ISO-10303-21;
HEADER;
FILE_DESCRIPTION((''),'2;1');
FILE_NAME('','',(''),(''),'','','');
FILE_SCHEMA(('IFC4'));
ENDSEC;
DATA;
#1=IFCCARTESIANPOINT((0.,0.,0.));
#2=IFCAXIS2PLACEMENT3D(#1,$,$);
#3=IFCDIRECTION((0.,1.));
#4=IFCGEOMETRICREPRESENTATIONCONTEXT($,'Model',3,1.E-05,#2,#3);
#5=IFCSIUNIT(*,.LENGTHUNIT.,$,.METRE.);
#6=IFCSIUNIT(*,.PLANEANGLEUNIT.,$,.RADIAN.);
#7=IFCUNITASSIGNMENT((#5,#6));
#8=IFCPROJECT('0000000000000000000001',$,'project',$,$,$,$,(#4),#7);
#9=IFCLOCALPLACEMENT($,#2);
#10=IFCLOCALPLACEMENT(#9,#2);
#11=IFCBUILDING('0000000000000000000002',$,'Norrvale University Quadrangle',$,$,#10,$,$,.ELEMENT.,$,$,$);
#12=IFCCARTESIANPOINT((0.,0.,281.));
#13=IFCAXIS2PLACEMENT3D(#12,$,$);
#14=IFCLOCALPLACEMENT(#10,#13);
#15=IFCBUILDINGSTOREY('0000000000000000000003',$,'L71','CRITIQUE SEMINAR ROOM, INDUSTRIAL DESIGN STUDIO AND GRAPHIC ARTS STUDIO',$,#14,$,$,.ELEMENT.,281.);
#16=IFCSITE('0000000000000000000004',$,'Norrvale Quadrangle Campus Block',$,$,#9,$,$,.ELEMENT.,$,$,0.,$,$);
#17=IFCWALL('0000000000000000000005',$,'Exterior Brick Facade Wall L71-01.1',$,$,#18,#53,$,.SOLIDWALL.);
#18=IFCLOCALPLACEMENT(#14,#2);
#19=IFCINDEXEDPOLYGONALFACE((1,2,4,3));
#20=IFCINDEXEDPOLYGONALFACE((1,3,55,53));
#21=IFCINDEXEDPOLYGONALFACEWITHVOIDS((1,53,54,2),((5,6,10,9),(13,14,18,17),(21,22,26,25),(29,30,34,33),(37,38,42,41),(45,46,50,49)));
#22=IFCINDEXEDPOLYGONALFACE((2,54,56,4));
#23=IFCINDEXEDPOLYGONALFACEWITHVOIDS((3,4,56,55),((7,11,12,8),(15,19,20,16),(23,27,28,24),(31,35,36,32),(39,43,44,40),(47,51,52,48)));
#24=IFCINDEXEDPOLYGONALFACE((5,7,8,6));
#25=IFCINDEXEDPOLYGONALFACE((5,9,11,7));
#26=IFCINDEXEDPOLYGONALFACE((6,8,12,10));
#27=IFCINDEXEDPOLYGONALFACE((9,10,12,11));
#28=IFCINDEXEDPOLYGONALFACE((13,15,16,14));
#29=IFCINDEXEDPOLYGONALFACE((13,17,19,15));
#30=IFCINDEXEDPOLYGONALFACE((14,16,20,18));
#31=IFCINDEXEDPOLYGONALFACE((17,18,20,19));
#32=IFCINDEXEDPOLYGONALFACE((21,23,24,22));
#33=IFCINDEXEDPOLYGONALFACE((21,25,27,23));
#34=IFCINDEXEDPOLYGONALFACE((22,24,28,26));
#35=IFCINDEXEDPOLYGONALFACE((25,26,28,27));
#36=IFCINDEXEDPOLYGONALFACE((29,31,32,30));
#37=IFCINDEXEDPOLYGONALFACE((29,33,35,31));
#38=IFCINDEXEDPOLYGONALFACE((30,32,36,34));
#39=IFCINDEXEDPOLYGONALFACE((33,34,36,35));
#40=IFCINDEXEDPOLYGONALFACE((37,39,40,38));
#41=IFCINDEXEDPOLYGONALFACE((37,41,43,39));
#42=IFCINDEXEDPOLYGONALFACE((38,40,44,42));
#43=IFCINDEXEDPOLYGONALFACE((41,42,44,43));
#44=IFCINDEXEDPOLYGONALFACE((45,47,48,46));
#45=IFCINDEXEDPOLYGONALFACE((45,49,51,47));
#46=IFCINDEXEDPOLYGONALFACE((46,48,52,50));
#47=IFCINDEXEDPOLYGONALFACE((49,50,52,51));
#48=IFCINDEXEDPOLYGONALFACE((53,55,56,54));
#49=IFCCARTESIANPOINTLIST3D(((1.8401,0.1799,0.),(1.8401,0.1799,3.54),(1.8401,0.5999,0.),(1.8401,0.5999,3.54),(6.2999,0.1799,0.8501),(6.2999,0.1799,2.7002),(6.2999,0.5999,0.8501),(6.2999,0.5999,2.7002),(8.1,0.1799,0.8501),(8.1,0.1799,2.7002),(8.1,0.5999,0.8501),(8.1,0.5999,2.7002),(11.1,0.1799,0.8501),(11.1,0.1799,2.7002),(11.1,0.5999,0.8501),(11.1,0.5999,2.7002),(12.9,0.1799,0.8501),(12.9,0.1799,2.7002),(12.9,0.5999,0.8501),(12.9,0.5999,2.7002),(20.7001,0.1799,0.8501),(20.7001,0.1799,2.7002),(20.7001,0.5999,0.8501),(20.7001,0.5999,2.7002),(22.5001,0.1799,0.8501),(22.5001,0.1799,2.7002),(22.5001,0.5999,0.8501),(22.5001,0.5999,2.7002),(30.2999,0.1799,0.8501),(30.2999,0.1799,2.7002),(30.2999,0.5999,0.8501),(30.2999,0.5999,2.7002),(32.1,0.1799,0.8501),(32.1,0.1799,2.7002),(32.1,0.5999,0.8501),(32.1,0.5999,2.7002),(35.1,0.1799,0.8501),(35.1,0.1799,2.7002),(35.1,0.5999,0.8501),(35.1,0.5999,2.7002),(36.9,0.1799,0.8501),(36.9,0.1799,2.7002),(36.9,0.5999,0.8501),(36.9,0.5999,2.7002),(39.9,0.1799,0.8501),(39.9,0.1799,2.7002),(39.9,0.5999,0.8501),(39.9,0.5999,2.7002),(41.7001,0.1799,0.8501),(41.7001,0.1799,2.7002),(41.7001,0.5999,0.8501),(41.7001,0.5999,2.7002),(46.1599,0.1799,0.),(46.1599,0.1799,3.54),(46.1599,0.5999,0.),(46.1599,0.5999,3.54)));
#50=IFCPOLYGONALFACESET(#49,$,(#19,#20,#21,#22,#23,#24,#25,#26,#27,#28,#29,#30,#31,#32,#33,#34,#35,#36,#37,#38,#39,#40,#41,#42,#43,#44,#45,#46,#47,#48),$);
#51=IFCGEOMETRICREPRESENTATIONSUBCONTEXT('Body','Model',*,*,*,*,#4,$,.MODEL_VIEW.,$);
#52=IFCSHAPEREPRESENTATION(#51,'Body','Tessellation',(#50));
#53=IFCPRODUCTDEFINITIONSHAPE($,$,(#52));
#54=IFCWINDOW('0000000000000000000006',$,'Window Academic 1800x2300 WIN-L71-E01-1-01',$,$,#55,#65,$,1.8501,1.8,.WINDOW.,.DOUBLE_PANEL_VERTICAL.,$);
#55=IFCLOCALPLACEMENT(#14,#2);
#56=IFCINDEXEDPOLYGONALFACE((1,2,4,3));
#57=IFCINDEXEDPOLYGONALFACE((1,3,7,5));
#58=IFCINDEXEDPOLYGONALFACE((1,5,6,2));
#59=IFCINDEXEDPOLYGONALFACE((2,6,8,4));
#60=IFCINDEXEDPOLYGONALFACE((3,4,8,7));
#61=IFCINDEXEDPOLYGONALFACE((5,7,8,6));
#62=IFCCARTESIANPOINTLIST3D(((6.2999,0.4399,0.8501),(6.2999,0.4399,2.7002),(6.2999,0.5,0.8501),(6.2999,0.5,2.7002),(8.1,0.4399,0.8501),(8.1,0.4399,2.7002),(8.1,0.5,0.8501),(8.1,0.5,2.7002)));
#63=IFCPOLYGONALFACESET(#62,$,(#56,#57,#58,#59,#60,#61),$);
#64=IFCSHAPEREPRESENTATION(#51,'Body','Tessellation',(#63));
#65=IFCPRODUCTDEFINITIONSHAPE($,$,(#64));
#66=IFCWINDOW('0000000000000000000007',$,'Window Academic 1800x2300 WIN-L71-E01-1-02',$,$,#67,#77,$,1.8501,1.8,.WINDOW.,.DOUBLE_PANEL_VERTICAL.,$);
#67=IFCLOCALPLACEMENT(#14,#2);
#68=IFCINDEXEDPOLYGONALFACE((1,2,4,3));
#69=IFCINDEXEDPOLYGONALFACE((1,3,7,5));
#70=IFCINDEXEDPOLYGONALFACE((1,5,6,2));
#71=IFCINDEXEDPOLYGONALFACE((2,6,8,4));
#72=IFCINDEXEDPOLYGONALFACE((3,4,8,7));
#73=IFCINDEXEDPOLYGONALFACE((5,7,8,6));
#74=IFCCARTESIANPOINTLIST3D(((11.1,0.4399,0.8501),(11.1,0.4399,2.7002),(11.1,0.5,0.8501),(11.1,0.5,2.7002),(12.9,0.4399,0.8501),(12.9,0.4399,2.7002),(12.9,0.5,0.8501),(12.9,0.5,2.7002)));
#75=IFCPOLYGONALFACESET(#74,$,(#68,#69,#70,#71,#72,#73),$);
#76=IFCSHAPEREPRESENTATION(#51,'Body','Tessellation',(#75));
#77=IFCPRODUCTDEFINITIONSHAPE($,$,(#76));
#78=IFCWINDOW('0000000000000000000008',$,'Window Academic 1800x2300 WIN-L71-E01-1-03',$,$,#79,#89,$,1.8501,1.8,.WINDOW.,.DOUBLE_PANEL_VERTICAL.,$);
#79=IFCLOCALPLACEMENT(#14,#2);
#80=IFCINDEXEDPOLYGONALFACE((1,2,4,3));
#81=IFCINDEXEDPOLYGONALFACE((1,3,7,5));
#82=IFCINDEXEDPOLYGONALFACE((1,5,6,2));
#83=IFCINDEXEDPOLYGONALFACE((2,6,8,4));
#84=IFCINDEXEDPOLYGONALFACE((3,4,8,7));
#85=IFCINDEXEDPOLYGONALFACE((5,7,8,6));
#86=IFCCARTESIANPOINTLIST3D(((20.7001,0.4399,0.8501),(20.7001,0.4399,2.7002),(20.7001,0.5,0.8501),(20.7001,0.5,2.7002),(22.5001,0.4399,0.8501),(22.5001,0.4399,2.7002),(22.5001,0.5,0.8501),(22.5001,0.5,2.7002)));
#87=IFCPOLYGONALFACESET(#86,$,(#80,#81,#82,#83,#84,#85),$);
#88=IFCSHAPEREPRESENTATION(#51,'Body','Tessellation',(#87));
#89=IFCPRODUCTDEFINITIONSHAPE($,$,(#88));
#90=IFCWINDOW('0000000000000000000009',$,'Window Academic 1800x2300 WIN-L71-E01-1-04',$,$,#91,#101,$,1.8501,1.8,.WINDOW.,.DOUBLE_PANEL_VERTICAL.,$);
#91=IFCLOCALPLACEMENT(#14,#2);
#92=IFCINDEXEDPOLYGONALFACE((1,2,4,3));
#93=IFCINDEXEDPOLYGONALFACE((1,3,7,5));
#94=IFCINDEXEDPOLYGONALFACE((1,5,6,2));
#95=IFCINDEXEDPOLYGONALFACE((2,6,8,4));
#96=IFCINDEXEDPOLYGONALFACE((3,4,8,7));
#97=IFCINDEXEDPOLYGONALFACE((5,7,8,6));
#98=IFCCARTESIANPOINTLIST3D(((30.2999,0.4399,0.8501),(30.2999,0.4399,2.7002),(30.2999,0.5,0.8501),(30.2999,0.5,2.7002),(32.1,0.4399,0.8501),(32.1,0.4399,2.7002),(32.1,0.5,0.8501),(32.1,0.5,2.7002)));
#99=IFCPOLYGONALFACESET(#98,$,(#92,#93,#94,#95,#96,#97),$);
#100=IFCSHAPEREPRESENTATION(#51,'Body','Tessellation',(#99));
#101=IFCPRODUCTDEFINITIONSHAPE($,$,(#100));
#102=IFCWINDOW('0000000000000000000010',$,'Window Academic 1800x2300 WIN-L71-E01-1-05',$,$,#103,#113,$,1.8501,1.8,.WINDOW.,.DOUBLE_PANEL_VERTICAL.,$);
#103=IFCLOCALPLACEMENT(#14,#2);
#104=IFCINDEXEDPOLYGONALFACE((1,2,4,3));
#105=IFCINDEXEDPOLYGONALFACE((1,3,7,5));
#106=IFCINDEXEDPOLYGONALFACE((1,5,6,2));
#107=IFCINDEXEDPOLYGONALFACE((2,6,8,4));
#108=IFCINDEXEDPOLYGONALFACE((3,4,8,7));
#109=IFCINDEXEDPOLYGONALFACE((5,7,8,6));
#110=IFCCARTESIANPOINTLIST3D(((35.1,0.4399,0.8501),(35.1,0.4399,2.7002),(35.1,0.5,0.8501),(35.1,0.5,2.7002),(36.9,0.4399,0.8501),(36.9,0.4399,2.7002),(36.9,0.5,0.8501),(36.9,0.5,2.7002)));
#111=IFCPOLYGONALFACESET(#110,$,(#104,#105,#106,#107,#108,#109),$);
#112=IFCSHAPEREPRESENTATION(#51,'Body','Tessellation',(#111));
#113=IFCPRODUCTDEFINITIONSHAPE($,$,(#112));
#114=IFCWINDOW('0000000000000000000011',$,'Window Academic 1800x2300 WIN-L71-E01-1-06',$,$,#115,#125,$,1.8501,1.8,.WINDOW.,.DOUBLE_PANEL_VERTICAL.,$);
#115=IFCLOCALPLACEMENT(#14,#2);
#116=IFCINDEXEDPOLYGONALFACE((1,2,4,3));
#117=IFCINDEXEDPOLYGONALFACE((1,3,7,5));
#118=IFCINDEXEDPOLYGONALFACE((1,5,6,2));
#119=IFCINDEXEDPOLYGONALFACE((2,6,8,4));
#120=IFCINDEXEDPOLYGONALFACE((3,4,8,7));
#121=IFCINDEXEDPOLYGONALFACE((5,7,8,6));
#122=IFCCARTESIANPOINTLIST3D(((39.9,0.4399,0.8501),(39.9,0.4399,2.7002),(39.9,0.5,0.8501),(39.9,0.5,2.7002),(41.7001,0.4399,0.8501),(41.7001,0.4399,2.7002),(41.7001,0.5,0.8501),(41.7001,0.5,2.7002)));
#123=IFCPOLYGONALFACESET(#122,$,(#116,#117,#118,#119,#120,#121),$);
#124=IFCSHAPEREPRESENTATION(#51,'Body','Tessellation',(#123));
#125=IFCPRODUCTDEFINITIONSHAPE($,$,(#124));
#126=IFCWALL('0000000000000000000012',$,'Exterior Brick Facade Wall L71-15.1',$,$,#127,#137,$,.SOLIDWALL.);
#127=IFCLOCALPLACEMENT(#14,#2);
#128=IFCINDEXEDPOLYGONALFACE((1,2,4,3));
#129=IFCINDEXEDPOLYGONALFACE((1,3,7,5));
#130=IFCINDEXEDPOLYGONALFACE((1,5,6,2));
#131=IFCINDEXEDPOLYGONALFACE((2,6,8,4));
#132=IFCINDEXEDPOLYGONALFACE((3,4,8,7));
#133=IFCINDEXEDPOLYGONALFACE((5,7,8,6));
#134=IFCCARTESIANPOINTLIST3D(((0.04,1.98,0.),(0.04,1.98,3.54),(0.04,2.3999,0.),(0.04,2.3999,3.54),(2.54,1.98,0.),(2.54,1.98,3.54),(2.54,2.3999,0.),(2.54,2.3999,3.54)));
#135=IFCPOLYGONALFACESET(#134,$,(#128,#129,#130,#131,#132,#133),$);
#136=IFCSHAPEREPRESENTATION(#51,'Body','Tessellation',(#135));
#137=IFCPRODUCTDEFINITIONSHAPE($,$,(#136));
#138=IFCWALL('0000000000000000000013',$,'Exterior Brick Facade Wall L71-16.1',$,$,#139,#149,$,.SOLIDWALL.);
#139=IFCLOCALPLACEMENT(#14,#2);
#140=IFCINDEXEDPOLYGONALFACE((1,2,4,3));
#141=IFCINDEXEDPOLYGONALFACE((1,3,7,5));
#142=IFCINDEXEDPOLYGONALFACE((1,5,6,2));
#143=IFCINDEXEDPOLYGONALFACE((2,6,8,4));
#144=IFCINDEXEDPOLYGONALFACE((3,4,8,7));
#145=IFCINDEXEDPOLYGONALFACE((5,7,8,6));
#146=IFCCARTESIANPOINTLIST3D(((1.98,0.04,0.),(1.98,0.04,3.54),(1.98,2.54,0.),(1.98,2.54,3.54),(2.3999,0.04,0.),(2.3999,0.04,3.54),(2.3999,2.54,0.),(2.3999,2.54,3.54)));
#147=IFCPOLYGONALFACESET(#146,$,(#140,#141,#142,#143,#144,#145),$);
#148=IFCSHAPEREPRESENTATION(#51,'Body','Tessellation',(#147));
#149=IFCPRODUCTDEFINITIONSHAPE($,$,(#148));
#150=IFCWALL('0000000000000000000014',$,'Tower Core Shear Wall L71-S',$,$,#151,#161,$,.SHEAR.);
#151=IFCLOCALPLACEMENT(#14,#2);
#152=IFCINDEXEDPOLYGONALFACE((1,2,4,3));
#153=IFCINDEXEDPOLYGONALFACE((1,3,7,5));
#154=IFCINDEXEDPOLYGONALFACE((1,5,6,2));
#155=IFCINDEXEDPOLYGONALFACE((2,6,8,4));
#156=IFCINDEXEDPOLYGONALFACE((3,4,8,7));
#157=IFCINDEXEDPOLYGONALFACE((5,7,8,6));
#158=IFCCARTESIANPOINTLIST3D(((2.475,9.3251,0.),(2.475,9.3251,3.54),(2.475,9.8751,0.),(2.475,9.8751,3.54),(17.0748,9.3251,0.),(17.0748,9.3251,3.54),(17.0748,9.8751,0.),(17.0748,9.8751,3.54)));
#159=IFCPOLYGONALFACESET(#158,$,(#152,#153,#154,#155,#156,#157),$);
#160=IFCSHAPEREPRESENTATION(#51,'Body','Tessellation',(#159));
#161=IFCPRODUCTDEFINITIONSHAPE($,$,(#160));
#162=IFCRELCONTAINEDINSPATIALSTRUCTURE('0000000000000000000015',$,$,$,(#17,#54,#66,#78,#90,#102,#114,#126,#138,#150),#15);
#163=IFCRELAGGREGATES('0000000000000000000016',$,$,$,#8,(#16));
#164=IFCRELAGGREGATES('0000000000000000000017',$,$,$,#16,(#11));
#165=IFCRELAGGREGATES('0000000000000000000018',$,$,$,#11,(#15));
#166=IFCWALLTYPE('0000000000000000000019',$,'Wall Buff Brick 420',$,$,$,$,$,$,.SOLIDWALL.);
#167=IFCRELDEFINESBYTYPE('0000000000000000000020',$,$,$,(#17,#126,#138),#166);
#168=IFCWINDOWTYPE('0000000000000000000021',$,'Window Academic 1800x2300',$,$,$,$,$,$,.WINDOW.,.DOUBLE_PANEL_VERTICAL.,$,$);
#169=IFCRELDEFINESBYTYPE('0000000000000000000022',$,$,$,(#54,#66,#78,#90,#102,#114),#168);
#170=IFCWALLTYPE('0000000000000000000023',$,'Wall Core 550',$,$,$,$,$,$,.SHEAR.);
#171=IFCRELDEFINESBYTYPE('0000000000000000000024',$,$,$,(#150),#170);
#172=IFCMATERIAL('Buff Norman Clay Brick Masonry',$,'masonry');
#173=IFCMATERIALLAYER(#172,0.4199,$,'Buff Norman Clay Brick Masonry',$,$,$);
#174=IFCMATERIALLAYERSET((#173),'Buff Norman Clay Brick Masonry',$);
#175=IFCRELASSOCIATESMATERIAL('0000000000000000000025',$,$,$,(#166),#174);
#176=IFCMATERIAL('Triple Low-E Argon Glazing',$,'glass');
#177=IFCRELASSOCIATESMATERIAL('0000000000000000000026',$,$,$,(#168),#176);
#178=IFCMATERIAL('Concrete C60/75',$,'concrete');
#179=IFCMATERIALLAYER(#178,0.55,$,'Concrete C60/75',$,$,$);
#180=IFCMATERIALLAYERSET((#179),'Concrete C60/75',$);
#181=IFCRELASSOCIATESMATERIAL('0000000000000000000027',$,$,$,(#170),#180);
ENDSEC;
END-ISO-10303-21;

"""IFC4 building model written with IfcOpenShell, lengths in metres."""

from ifc_helpers import new_model, si_unit, direction, frame, frame_2d, origin, place, context, subcontext, project, spatial, rectangle, extrude, material, layer, layer_set, type_object, element, fill, save


model = new_model("IFC4")

# Units and contexts
model_context = context("Model", 3, precision=1e-05, world=origin(), true_north=direction((0.0, 1.0)))
body_context = subcontext(model_context, "Body", "Model", "MODEL_VIEW")
ifc_project = project(units=[si_unit("LENGTHUNIT", "METRE"), si_unit("PLANEANGLEUNIT", "RADIAN")], contexts=[model_context])

# Site, building, storey
site_placement = place(None, origin())
site = spatial("IfcSite", under=ifc_project, at=site_placement, Name="Norrvale Quadrangle Campus Block", CompositionType="ELEMENT", RefElevation=0.0)
building_placement = place(site_placement, origin())
building = spatial("IfcBuilding", under=site, at=building_placement, Name="Norrvale University Quadrangle", CompositionType="ELEMENT")
storey_placement = place(building_placement, frame((0.0, 0.0, 281.0)))
storey = spatial("IfcBuildingStorey", under=building, at=storey_placement, Name="L71", Description="CRITIQUE SEMINAR ROOM, INDUSTRIAL DESIGN STUDIO AND GRAPHIC ARTS STUDIO", CompositionType="ELEMENT", Elevation=281.0)

# Shared definitions
ifc_material_1 = material(Name="Concrete C60/75", Category="concrete")

# Wall, openings, windows
ifc_material_2 = material(Name="Buff Norman Clay Brick Masonry", Category="masonry")
ifc_layer_1 = layer(ifc_material_2, 0.4199, Name="Buff Norman Clay Brick Masonry")
ifc_layer_set_1 = layer_set([ifc_layer_1], Name="Buff Norman Clay Brick Masonry")
wall_type_1 = type_object("IfcWallType", Name="Wall Buff Brick 420", PredefinedType="SOLIDWALL", material=ifc_layer_set_1)
wall_1_placement = place(storey_placement, frame((1.8401, 0.3899, 0.0), z_axis=(0.0, 0.0, 1.0), x_axis=(1.0, 0.0, 0.0)))
wall_1 = element("IfcWall", 1, at=wall_1_placement, inside=storey, type_object=wall_type_1, Name="Exterior Brick Facade Wall L71-01.1", PredefinedType="SOLIDWALL", context=body_context, shape_type="SweptSolid", body=[
    extrude(rectangle(XDim=44.3198, YDim=0.4199, at=frame_2d((22.1599, 0.0))), origin(), (0.0, 0.0, 1.0), 3.54),
])
opening_1_placement = place(wall_1_placement, frame((4.46, 0.0, 0.8501)))
opening_1 = element("IfcOpeningElement", 2, at=opening_1_placement, cuts=wall_1, PredefinedType="OPENING", context=body_context, shape_type="SweptSolid", body=[
    extrude(rectangle(XDim=1.8, YDim=1.8501, at=frame_2d((0.8999, 0.925))), frame((0.0, 0.2219, 0.0), z_axis=(0.0, -1.0, 0.0), x_axis=(1.0, 0.0, 0.0)), (0.0, 0.0, 1.0), 0.4438),
])
opening_2_placement = place(wall_1_placement, frame((9.26, 0.0, 0.8501)))
opening_2 = element("IfcOpeningElement", 3, at=opening_2_placement, cuts=wall_1, PredefinedType="OPENING", context=body_context, shape_type="SweptSolid", body=[
    extrude(rectangle(XDim=1.8, YDim=1.8501, at=frame_2d((0.8999, 0.925))), frame((0.0, 0.2219, 0.0), z_axis=(0.0, -1.0, 0.0), x_axis=(1.0, 0.0, 0.0)), (0.0, 0.0, 1.0), 0.4438),
])
opening_3_placement = place(wall_1_placement, frame((18.8601, 0.0, 0.8501)))
opening_3 = element("IfcOpeningElement", 4, at=opening_3_placement, cuts=wall_1, PredefinedType="OPENING", context=body_context, shape_type="SweptSolid", body=[
    extrude(rectangle(XDim=1.8, YDim=1.8501, at=frame_2d((0.8999, 0.925))), frame((0.0, 0.2219, 0.0), z_axis=(0.0, -1.0, 0.0), x_axis=(1.0, 0.0, 0.0)), (0.0, 0.0, 1.0), 0.4438),
])
opening_4_placement = place(wall_1_placement, frame((28.46, 0.0, 0.8501)))
opening_4 = element("IfcOpeningElement", 5, at=opening_4_placement, cuts=wall_1, PredefinedType="OPENING", context=body_context, shape_type="SweptSolid", body=[
    extrude(rectangle(XDim=1.8, YDim=1.8501, at=frame_2d((0.8999, 0.925))), frame((0.0, 0.2219, 0.0), z_axis=(0.0, -1.0, 0.0), x_axis=(1.0, 0.0, 0.0)), (0.0, 0.0, 1.0), 0.4438),
])
opening_5_placement = place(wall_1_placement, frame((33.26, 0.0, 0.8501)))
opening_5 = element("IfcOpeningElement", 6, at=opening_5_placement, cuts=wall_1, PredefinedType="OPENING", context=body_context, shape_type="SweptSolid", body=[
    extrude(rectangle(XDim=1.8, YDim=1.8501, at=frame_2d((0.8999, 0.925))), frame((0.0, 0.2219, 0.0), z_axis=(0.0, -1.0, 0.0), x_axis=(1.0, 0.0, 0.0)), (0.0, 0.0, 1.0), 0.4438),
])
opening_6_placement = place(wall_1_placement, frame((38.0601, 0.0, 0.8501)))
opening_6 = element("IfcOpeningElement", 7, at=opening_6_placement, cuts=wall_1, PredefinedType="OPENING", context=body_context, shape_type="SweptSolid", body=[
    extrude(rectangle(XDim=1.8, YDim=1.8501, at=frame_2d((0.8999, 0.925))), frame((0.0, 0.2219, 0.0), z_axis=(0.0, -1.0, 0.0), x_axis=(1.0, 0.0, 0.0)), (0.0, 0.0, 1.0), 0.4438),
])
ifc_material_3 = material(Name="Triple Low-E Argon Glazing", Category="glass")
window_type = type_object("IfcWindowType", Name="Window Academic 1800x2300", PartitioningType="DOUBLE_PANEL_VERTICAL", PredefinedType="WINDOW", material=ifc_material_3)
window_1_placement = place(opening_1_placement, origin())
window_1 = element("IfcWindow", 8, at=window_1_placement, inside=storey, type_object=window_type, Name="Window Academic 1800x2300 WIN-L71-E01-1-01", OverallHeight=1.8501, OverallWidth=1.8, PartitioningType="DOUBLE_PANEL_VERTICAL", PredefinedType="WINDOW", context=body_context, shape_type="SweptSolid", body=[
    extrude(rectangle(XDim=1.8, YDim=1.8501, at=frame_2d((0.8999, 0.925))), frame((0.0, 0.1101, 0.0), z_axis=(0.0, -1.0, 0.0), x_axis=(1.0, 0.0, 0.0)), (0.0, 0.0, 1.0), 0.0601),
])
fill(opening_1, window_1)
window_2_placement = place(opening_2_placement, origin())
window_2 = element("IfcWindow", 9, at=window_2_placement, inside=storey, type_object=window_type, Name="Window Academic 1800x2300 WIN-L71-E01-1-02", OverallHeight=1.8501, OverallWidth=1.8, PartitioningType="DOUBLE_PANEL_VERTICAL", PredefinedType="WINDOW", context=body_context, shape_type="SweptSolid", body=[
    extrude(rectangle(XDim=1.8, YDim=1.8501, at=frame_2d((0.8999, 0.925))), frame((0.0, 0.1101, 0.0), z_axis=(0.0, -1.0, 0.0), x_axis=(1.0, 0.0, 0.0)), (0.0, 0.0, 1.0), 0.0601),
])
fill(opening_2, window_2)
window_3_placement = place(opening_3_placement, origin())
window_3 = element("IfcWindow", 10, at=window_3_placement, inside=storey, type_object=window_type, Name="Window Academic 1800x2300 WIN-L71-E01-1-03", OverallHeight=1.8501, OverallWidth=1.8, PartitioningType="DOUBLE_PANEL_VERTICAL", PredefinedType="WINDOW", context=body_context, shape_type="SweptSolid", body=[
    extrude(rectangle(XDim=1.8, YDim=1.8501, at=frame_2d((0.8999, 0.925))), frame((0.0, 0.1101, 0.0), z_axis=(0.0, -1.0, 0.0), x_axis=(1.0, 0.0, 0.0)), (0.0, 0.0, 1.0), 0.0601),
])
fill(opening_3, window_3)
window_4_placement = place(opening_4_placement, origin())
window_4 = element("IfcWindow", 11, at=window_4_placement, inside=storey, type_object=window_type, Name="Window Academic 1800x2300 WIN-L71-E01-1-04", OverallHeight=1.8501, OverallWidth=1.8, PartitioningType="DOUBLE_PANEL_VERTICAL", PredefinedType="WINDOW", context=body_context, shape_type="SweptSolid", body=[
    extrude(rectangle(XDim=1.8, YDim=1.8501, at=frame_2d((0.8999, 0.925))), frame((0.0, 0.1101, 0.0), z_axis=(0.0, -1.0, 0.0), x_axis=(1.0, 0.0, 0.0)), (0.0, 0.0, 1.0), 0.0601),
])
fill(opening_4, window_4)
window_5_placement = place(opening_5_placement, origin())
window_5 = element("IfcWindow", 12, at=window_5_placement, inside=storey, type_object=window_type, Name="Window Academic 1800x2300 WIN-L71-E01-1-05", OverallHeight=1.8501, OverallWidth=1.8, PartitioningType="DOUBLE_PANEL_VERTICAL", PredefinedType="WINDOW", context=body_context, shape_type="SweptSolid", body=[
    extrude(rectangle(XDim=1.8, YDim=1.8501, at=frame_2d((0.8999, 0.925))), frame((0.0, 0.1101, 0.0), z_axis=(0.0, -1.0, 0.0), x_axis=(1.0, 0.0, 0.0)), (0.0, 0.0, 1.0), 0.0601),
])
fill(opening_5, window_5)
window_6_placement = place(opening_6_placement, origin())
window_6 = element("IfcWindow", 13, at=window_6_placement, inside=storey, type_object=window_type, Name="Window Academic 1800x2300 WIN-L71-E01-1-06", OverallHeight=1.8501, OverallWidth=1.8, PartitioningType="DOUBLE_PANEL_VERTICAL", PredefinedType="WINDOW", context=body_context, shape_type="SweptSolid", body=[
    extrude(rectangle(XDim=1.8, YDim=1.8501, at=frame_2d((0.8999, 0.925))), frame((0.0, 0.1101, 0.0), z_axis=(0.0, -1.0, 0.0), x_axis=(1.0, 0.0, 0.0)), (0.0, 0.0, 1.0), 0.0601),
])
fill(opening_6, window_6)

# Walls
for number, where, z_axis, x_axis, name in (
    (14, (0.04, 2.1899, 0.0), (0.0, 0.0, 1.0), (1.0, 0.0, 0.0), "Exterior Brick Facade Wall L71-15.1"),
    (15, (2.1899, 2.54, 0.0), (0.0, 0.0, 1.0), (0.0, -1.0, 0.0), "Exterior Brick Facade Wall L71-16.1"),
):
    element("IfcWall", number, at=place(storey_placement, frame(where, z_axis=z_axis, x_axis=x_axis)), inside=storey, type_object=wall_type_1, Name=name, PredefinedType="SOLIDWALL", context=body_context, shape_type="SweptSolid", body=[
        extrude(rectangle(XDim=2.5, YDim=0.4199, at=frame_2d((1.25, 0.0))), origin(), (0.0, 0.0, 1.0), 3.54),
    ])
ifc_layer_2 = layer(ifc_material_1, 0.55, Name="Concrete C60/75")
ifc_layer_set_2 = layer_set([ifc_layer_2], Name="Concrete C60/75")
wall_type_2 = type_object("IfcWallType", Name="Wall Core 550", PredefinedType="SHEAR", material=ifc_layer_set_2)
wall_2_placement = place(storey_placement, frame((2.4751, 9.6001, 0.0), z_axis=(0.0, 0.0, 1.0), x_axis=(1.0, 0.0, 0.0)))
element("IfcWall", 16, at=wall_2_placement, inside=storey, type_object=wall_type_2, Name="Tower Core Shear Wall L71-S", PredefinedType="SHEAR", context=body_context, shape_type="SweptSolid", body=[
    extrude(rectangle(XDim=14.5999, YDim=0.55, at=frame_2d((7.2998, 0.0))), origin(), (0.0, 0.0, 1.0), 3.54),
])

save(model, "model.ifc")
